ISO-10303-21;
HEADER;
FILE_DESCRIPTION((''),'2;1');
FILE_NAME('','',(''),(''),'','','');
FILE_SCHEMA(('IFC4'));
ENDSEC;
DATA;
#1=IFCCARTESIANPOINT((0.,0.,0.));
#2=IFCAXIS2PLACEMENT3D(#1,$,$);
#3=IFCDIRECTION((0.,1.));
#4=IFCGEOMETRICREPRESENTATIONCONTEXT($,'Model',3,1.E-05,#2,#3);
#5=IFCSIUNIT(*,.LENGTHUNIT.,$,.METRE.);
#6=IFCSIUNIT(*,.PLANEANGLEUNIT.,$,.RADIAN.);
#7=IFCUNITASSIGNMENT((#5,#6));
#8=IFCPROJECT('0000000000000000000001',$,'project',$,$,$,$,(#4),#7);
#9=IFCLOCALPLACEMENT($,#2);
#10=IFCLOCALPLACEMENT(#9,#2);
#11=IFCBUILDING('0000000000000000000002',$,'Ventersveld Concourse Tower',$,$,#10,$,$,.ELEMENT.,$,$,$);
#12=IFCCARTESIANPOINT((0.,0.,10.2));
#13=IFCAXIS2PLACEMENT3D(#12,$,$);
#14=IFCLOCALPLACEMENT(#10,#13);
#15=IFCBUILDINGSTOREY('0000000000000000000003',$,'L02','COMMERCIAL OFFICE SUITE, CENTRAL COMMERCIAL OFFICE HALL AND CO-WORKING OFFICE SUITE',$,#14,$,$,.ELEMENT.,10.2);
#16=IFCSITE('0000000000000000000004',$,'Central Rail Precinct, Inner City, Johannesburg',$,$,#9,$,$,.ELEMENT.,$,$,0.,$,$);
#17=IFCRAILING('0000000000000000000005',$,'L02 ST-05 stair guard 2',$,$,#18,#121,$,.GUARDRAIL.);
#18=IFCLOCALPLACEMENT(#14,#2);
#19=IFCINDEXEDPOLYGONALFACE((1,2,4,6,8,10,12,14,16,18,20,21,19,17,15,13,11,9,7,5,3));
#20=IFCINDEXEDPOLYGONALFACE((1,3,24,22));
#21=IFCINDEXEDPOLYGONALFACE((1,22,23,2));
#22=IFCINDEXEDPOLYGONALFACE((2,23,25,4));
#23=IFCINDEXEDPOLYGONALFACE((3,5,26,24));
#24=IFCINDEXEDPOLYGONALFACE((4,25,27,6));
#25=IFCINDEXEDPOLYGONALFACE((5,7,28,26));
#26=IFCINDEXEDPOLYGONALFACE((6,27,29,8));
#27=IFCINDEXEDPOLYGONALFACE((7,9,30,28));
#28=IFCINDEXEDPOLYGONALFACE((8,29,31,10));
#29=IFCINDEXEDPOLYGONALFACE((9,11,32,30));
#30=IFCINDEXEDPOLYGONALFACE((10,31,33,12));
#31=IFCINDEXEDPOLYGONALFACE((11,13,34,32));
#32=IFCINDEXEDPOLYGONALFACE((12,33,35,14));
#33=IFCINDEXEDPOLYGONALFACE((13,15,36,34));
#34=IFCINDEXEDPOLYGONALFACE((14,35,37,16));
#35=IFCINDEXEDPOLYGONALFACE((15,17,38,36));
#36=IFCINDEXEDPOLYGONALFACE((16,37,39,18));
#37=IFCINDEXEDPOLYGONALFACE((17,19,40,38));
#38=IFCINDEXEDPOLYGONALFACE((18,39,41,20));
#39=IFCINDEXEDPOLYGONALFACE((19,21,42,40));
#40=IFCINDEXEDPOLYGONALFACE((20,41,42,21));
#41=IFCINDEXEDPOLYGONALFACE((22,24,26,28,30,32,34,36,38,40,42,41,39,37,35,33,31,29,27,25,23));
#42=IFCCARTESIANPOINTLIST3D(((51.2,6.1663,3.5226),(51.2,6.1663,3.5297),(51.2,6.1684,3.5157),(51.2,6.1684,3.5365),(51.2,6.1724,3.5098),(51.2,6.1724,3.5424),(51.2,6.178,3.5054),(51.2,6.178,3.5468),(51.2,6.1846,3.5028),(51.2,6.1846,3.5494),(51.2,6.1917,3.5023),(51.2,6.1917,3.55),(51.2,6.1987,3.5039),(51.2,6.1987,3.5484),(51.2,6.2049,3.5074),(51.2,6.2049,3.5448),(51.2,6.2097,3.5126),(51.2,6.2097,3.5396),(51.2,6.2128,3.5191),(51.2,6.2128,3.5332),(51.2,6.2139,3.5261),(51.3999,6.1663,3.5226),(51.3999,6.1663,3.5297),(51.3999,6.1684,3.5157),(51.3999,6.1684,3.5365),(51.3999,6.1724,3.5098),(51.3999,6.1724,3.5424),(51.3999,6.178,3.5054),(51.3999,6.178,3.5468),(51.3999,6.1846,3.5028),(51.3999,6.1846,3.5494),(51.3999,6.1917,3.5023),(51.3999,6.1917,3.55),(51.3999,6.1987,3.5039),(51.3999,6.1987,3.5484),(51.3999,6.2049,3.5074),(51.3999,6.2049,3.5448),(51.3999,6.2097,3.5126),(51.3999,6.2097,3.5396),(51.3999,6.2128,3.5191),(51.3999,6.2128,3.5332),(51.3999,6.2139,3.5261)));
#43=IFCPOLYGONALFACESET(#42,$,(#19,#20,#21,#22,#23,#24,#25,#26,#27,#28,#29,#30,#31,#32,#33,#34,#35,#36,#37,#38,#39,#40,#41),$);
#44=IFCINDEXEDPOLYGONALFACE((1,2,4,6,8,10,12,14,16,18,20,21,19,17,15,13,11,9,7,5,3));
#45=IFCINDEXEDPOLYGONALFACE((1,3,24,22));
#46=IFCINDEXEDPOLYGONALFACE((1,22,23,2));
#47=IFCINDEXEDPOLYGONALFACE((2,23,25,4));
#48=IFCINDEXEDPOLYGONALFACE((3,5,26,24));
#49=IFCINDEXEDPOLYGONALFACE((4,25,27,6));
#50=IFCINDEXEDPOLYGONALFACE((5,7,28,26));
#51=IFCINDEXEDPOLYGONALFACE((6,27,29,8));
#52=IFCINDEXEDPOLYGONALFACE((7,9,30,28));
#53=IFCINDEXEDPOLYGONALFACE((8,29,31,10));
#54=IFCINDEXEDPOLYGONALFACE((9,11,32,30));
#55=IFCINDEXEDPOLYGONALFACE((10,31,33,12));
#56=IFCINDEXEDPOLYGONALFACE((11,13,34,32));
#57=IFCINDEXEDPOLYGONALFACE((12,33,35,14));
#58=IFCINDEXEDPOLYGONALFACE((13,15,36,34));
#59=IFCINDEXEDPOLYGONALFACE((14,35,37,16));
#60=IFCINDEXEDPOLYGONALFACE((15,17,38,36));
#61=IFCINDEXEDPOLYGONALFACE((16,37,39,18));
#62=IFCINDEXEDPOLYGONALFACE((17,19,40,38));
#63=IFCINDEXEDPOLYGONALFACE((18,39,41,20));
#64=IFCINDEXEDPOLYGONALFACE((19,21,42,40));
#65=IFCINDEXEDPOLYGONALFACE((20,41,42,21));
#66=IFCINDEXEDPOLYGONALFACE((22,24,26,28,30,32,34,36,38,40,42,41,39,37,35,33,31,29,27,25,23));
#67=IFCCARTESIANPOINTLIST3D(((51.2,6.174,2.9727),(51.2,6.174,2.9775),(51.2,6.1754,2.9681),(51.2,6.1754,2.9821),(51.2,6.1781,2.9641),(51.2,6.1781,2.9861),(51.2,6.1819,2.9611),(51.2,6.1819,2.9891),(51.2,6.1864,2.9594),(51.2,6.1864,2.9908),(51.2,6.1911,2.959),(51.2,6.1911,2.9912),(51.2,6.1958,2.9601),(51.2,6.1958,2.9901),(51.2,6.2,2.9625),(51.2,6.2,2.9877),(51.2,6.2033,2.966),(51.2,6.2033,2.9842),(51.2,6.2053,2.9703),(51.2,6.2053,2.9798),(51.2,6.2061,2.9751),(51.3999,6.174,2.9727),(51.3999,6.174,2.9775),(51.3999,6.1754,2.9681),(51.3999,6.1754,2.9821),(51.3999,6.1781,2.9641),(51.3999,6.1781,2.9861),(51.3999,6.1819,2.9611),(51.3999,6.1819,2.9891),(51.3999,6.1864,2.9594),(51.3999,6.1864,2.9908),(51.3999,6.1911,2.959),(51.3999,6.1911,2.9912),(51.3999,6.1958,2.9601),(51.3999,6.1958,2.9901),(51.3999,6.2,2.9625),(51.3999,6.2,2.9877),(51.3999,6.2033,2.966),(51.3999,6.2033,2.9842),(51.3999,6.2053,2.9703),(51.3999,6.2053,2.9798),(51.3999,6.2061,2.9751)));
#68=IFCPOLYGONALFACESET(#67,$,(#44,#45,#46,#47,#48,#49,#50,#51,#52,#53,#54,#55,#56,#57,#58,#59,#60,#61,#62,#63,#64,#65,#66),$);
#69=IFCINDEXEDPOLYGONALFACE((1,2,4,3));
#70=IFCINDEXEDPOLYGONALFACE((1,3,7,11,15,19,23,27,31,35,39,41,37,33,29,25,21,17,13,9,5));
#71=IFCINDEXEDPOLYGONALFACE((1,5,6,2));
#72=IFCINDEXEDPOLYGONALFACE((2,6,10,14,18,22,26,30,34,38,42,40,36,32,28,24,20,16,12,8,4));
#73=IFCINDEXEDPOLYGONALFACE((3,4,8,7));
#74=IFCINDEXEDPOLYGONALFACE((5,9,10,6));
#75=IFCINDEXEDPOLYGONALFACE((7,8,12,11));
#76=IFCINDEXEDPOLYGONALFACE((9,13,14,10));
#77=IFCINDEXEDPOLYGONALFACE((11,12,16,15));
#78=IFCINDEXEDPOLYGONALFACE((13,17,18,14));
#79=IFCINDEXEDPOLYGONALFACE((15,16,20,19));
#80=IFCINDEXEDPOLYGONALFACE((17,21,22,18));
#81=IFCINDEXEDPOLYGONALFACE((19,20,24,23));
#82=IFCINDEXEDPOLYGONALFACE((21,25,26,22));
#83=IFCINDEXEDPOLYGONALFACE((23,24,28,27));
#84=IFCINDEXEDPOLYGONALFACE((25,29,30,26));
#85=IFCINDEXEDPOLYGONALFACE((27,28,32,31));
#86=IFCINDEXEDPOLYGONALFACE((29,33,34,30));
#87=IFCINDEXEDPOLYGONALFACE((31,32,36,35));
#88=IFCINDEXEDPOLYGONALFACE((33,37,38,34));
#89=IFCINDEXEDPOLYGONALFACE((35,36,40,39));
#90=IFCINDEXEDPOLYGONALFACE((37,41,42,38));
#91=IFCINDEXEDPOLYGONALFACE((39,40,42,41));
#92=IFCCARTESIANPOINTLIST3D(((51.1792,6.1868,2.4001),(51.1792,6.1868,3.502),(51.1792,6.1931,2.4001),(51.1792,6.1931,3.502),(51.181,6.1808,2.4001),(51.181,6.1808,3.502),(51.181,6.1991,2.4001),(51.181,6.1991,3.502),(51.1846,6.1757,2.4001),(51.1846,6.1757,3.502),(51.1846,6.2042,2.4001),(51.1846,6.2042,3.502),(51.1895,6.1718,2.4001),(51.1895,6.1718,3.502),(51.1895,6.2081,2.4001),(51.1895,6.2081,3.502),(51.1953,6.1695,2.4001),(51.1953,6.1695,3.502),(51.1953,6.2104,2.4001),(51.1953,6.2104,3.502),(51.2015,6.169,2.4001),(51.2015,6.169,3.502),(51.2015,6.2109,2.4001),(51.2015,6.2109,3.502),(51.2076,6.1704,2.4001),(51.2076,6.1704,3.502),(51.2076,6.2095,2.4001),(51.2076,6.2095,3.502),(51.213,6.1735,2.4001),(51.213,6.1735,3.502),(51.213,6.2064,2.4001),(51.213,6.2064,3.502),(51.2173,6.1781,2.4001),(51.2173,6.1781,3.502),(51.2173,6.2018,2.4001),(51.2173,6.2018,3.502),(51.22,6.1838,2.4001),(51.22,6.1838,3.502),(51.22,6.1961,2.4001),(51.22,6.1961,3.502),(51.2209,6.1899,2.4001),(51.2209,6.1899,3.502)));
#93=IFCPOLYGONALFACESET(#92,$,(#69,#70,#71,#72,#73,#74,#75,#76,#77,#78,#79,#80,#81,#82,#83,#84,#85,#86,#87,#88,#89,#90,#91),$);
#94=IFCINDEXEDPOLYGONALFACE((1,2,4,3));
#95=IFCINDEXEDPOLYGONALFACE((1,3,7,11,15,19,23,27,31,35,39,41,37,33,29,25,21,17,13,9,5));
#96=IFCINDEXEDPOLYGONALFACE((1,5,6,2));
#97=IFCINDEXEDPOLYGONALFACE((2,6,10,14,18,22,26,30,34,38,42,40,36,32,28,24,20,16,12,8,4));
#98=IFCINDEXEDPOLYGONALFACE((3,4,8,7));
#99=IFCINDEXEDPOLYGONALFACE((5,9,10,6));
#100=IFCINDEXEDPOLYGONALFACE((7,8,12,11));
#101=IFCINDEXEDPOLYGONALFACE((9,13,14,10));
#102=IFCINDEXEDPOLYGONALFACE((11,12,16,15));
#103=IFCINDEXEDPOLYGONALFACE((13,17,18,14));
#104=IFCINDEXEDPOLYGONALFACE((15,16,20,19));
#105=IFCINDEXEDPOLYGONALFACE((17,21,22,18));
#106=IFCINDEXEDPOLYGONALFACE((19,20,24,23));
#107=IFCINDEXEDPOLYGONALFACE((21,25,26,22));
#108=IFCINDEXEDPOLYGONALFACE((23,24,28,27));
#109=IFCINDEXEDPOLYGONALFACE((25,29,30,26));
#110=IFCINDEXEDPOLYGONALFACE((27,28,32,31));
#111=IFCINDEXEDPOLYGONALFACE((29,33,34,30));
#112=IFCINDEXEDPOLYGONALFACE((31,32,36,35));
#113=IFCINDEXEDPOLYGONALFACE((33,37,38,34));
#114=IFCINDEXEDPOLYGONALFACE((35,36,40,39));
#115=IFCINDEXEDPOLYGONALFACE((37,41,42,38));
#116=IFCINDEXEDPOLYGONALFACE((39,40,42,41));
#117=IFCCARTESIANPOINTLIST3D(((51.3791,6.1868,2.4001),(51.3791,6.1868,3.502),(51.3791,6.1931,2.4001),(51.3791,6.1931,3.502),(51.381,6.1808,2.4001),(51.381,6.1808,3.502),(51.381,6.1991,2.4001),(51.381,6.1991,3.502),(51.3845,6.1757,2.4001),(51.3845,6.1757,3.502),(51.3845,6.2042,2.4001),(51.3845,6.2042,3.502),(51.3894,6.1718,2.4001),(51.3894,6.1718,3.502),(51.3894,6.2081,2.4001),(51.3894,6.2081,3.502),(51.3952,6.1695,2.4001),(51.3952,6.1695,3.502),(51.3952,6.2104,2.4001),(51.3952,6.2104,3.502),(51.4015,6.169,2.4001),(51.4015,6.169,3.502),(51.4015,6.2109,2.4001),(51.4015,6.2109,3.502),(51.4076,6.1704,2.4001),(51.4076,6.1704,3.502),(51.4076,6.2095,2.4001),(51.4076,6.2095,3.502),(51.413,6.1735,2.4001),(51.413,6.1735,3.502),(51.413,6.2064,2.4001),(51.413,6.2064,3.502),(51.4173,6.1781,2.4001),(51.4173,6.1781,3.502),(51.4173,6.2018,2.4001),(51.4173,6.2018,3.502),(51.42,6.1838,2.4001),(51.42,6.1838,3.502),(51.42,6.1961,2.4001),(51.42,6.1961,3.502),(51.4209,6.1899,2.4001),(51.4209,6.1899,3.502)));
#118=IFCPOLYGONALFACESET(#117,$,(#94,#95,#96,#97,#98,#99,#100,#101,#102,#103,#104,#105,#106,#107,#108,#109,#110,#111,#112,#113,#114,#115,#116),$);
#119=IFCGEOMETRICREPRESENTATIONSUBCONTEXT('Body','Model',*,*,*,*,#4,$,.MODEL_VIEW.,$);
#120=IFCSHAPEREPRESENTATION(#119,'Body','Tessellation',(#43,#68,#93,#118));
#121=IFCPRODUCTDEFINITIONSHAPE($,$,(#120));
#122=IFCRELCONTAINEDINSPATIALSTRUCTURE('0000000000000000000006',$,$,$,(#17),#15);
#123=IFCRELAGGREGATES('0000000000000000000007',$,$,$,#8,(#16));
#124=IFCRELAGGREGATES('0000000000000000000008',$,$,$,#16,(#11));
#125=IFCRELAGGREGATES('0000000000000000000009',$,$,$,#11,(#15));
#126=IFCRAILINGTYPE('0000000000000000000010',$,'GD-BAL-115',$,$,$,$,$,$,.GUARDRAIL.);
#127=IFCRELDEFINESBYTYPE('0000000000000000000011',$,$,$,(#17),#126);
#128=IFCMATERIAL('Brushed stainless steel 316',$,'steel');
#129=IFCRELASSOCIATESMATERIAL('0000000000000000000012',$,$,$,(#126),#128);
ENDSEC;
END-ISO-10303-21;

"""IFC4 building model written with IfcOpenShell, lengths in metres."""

from ifc_helpers import new_model, si_unit, direction, frame, origin, origin_2d, place, context, subcontext, project, spatial, circle, extrude, material, type_object, element, save


model = new_model("IFC4")

# Units and contexts
model_context = context("Model", 3, precision=1e-05, world=origin(), true_north=direction((0.0, 1.0)))
body_context = subcontext(model_context, "Body", "Model", "MODEL_VIEW")
ifc_project = project(units=[si_unit("LENGTHUNIT", "METRE"), si_unit("PLANEANGLEUNIT", "RADIAN")], contexts=[model_context])

# Site, building, storey
site_placement = place(None, origin())
site = spatial("IfcSite", under=ifc_project, at=site_placement, Name="Central Rail Precinct, Inner City, Johannesburg", CompositionType="ELEMENT", RefElevation=0.0)
building_placement = place(site_placement, origin())
building = spatial("IfcBuilding", under=site, at=building_placement, Name="Ventersveld Concourse Tower", CompositionType="ELEMENT")
storey_placement = place(building_placement, frame((0.0, 0.0, 10.2)))
storey = spatial("IfcBuildingStorey", under=building, at=storey_placement, Name="L02", Description="COMMERCIAL OFFICE SUITE, CENTRAL COMMERCIAL OFFICE HALL AND CO-WORKING OFFICE SUITE", CompositionType="ELEMENT", Elevation=10.2)

# Shared definitions
ifc_material_1 = material(Name="Brushed stainless steel 316", Category="steel")

# Railing
railing_type_1 = type_object("IfcRailingType", Name="GD-BAL-115", PredefinedType="GUARDRAIL", material=ifc_material_1)
railing_1_placement = place(storey_placement, frame((51.2, 6.1899, 2.4001)))
element("IfcRailing", 1, at=railing_1_placement, inside=storey, type_object=railing_type_1, Name="L02 ST-05 stair guard 2", PredefinedType="GUARDRAIL", context=body_context, shape_type="SweptSolid", body=[
    extrude(circle(Radius=0.0239, at=origin_2d()), frame((0.0, 0.0, 1.126), z_axis=(1.0, 0.0, 0.0), x_axis=(0.0, 1.0, 0.0)), (0.0, 0.0, 1.0), 0.2),
    extrude(circle(Radius=0.0161, at=origin_2d()), frame((0.0, 0.0, 0.575), z_axis=(1.0, 0.0, 0.0), x_axis=(0.0, 1.0, 0.0)), (0.0, 0.0, 1.0), 0.2),
    extrude(circle(Radius=0.021, at=origin_2d()), origin(), (0.0, 0.0, 1.0), 1.1018),
    extrude(circle(Radius=0.021, at=origin_2d()), frame((0.2, 0.0, 0.0)), (0.0, 0.0, 1.0), 1.1018),
])

save(model, "model.ifc")
